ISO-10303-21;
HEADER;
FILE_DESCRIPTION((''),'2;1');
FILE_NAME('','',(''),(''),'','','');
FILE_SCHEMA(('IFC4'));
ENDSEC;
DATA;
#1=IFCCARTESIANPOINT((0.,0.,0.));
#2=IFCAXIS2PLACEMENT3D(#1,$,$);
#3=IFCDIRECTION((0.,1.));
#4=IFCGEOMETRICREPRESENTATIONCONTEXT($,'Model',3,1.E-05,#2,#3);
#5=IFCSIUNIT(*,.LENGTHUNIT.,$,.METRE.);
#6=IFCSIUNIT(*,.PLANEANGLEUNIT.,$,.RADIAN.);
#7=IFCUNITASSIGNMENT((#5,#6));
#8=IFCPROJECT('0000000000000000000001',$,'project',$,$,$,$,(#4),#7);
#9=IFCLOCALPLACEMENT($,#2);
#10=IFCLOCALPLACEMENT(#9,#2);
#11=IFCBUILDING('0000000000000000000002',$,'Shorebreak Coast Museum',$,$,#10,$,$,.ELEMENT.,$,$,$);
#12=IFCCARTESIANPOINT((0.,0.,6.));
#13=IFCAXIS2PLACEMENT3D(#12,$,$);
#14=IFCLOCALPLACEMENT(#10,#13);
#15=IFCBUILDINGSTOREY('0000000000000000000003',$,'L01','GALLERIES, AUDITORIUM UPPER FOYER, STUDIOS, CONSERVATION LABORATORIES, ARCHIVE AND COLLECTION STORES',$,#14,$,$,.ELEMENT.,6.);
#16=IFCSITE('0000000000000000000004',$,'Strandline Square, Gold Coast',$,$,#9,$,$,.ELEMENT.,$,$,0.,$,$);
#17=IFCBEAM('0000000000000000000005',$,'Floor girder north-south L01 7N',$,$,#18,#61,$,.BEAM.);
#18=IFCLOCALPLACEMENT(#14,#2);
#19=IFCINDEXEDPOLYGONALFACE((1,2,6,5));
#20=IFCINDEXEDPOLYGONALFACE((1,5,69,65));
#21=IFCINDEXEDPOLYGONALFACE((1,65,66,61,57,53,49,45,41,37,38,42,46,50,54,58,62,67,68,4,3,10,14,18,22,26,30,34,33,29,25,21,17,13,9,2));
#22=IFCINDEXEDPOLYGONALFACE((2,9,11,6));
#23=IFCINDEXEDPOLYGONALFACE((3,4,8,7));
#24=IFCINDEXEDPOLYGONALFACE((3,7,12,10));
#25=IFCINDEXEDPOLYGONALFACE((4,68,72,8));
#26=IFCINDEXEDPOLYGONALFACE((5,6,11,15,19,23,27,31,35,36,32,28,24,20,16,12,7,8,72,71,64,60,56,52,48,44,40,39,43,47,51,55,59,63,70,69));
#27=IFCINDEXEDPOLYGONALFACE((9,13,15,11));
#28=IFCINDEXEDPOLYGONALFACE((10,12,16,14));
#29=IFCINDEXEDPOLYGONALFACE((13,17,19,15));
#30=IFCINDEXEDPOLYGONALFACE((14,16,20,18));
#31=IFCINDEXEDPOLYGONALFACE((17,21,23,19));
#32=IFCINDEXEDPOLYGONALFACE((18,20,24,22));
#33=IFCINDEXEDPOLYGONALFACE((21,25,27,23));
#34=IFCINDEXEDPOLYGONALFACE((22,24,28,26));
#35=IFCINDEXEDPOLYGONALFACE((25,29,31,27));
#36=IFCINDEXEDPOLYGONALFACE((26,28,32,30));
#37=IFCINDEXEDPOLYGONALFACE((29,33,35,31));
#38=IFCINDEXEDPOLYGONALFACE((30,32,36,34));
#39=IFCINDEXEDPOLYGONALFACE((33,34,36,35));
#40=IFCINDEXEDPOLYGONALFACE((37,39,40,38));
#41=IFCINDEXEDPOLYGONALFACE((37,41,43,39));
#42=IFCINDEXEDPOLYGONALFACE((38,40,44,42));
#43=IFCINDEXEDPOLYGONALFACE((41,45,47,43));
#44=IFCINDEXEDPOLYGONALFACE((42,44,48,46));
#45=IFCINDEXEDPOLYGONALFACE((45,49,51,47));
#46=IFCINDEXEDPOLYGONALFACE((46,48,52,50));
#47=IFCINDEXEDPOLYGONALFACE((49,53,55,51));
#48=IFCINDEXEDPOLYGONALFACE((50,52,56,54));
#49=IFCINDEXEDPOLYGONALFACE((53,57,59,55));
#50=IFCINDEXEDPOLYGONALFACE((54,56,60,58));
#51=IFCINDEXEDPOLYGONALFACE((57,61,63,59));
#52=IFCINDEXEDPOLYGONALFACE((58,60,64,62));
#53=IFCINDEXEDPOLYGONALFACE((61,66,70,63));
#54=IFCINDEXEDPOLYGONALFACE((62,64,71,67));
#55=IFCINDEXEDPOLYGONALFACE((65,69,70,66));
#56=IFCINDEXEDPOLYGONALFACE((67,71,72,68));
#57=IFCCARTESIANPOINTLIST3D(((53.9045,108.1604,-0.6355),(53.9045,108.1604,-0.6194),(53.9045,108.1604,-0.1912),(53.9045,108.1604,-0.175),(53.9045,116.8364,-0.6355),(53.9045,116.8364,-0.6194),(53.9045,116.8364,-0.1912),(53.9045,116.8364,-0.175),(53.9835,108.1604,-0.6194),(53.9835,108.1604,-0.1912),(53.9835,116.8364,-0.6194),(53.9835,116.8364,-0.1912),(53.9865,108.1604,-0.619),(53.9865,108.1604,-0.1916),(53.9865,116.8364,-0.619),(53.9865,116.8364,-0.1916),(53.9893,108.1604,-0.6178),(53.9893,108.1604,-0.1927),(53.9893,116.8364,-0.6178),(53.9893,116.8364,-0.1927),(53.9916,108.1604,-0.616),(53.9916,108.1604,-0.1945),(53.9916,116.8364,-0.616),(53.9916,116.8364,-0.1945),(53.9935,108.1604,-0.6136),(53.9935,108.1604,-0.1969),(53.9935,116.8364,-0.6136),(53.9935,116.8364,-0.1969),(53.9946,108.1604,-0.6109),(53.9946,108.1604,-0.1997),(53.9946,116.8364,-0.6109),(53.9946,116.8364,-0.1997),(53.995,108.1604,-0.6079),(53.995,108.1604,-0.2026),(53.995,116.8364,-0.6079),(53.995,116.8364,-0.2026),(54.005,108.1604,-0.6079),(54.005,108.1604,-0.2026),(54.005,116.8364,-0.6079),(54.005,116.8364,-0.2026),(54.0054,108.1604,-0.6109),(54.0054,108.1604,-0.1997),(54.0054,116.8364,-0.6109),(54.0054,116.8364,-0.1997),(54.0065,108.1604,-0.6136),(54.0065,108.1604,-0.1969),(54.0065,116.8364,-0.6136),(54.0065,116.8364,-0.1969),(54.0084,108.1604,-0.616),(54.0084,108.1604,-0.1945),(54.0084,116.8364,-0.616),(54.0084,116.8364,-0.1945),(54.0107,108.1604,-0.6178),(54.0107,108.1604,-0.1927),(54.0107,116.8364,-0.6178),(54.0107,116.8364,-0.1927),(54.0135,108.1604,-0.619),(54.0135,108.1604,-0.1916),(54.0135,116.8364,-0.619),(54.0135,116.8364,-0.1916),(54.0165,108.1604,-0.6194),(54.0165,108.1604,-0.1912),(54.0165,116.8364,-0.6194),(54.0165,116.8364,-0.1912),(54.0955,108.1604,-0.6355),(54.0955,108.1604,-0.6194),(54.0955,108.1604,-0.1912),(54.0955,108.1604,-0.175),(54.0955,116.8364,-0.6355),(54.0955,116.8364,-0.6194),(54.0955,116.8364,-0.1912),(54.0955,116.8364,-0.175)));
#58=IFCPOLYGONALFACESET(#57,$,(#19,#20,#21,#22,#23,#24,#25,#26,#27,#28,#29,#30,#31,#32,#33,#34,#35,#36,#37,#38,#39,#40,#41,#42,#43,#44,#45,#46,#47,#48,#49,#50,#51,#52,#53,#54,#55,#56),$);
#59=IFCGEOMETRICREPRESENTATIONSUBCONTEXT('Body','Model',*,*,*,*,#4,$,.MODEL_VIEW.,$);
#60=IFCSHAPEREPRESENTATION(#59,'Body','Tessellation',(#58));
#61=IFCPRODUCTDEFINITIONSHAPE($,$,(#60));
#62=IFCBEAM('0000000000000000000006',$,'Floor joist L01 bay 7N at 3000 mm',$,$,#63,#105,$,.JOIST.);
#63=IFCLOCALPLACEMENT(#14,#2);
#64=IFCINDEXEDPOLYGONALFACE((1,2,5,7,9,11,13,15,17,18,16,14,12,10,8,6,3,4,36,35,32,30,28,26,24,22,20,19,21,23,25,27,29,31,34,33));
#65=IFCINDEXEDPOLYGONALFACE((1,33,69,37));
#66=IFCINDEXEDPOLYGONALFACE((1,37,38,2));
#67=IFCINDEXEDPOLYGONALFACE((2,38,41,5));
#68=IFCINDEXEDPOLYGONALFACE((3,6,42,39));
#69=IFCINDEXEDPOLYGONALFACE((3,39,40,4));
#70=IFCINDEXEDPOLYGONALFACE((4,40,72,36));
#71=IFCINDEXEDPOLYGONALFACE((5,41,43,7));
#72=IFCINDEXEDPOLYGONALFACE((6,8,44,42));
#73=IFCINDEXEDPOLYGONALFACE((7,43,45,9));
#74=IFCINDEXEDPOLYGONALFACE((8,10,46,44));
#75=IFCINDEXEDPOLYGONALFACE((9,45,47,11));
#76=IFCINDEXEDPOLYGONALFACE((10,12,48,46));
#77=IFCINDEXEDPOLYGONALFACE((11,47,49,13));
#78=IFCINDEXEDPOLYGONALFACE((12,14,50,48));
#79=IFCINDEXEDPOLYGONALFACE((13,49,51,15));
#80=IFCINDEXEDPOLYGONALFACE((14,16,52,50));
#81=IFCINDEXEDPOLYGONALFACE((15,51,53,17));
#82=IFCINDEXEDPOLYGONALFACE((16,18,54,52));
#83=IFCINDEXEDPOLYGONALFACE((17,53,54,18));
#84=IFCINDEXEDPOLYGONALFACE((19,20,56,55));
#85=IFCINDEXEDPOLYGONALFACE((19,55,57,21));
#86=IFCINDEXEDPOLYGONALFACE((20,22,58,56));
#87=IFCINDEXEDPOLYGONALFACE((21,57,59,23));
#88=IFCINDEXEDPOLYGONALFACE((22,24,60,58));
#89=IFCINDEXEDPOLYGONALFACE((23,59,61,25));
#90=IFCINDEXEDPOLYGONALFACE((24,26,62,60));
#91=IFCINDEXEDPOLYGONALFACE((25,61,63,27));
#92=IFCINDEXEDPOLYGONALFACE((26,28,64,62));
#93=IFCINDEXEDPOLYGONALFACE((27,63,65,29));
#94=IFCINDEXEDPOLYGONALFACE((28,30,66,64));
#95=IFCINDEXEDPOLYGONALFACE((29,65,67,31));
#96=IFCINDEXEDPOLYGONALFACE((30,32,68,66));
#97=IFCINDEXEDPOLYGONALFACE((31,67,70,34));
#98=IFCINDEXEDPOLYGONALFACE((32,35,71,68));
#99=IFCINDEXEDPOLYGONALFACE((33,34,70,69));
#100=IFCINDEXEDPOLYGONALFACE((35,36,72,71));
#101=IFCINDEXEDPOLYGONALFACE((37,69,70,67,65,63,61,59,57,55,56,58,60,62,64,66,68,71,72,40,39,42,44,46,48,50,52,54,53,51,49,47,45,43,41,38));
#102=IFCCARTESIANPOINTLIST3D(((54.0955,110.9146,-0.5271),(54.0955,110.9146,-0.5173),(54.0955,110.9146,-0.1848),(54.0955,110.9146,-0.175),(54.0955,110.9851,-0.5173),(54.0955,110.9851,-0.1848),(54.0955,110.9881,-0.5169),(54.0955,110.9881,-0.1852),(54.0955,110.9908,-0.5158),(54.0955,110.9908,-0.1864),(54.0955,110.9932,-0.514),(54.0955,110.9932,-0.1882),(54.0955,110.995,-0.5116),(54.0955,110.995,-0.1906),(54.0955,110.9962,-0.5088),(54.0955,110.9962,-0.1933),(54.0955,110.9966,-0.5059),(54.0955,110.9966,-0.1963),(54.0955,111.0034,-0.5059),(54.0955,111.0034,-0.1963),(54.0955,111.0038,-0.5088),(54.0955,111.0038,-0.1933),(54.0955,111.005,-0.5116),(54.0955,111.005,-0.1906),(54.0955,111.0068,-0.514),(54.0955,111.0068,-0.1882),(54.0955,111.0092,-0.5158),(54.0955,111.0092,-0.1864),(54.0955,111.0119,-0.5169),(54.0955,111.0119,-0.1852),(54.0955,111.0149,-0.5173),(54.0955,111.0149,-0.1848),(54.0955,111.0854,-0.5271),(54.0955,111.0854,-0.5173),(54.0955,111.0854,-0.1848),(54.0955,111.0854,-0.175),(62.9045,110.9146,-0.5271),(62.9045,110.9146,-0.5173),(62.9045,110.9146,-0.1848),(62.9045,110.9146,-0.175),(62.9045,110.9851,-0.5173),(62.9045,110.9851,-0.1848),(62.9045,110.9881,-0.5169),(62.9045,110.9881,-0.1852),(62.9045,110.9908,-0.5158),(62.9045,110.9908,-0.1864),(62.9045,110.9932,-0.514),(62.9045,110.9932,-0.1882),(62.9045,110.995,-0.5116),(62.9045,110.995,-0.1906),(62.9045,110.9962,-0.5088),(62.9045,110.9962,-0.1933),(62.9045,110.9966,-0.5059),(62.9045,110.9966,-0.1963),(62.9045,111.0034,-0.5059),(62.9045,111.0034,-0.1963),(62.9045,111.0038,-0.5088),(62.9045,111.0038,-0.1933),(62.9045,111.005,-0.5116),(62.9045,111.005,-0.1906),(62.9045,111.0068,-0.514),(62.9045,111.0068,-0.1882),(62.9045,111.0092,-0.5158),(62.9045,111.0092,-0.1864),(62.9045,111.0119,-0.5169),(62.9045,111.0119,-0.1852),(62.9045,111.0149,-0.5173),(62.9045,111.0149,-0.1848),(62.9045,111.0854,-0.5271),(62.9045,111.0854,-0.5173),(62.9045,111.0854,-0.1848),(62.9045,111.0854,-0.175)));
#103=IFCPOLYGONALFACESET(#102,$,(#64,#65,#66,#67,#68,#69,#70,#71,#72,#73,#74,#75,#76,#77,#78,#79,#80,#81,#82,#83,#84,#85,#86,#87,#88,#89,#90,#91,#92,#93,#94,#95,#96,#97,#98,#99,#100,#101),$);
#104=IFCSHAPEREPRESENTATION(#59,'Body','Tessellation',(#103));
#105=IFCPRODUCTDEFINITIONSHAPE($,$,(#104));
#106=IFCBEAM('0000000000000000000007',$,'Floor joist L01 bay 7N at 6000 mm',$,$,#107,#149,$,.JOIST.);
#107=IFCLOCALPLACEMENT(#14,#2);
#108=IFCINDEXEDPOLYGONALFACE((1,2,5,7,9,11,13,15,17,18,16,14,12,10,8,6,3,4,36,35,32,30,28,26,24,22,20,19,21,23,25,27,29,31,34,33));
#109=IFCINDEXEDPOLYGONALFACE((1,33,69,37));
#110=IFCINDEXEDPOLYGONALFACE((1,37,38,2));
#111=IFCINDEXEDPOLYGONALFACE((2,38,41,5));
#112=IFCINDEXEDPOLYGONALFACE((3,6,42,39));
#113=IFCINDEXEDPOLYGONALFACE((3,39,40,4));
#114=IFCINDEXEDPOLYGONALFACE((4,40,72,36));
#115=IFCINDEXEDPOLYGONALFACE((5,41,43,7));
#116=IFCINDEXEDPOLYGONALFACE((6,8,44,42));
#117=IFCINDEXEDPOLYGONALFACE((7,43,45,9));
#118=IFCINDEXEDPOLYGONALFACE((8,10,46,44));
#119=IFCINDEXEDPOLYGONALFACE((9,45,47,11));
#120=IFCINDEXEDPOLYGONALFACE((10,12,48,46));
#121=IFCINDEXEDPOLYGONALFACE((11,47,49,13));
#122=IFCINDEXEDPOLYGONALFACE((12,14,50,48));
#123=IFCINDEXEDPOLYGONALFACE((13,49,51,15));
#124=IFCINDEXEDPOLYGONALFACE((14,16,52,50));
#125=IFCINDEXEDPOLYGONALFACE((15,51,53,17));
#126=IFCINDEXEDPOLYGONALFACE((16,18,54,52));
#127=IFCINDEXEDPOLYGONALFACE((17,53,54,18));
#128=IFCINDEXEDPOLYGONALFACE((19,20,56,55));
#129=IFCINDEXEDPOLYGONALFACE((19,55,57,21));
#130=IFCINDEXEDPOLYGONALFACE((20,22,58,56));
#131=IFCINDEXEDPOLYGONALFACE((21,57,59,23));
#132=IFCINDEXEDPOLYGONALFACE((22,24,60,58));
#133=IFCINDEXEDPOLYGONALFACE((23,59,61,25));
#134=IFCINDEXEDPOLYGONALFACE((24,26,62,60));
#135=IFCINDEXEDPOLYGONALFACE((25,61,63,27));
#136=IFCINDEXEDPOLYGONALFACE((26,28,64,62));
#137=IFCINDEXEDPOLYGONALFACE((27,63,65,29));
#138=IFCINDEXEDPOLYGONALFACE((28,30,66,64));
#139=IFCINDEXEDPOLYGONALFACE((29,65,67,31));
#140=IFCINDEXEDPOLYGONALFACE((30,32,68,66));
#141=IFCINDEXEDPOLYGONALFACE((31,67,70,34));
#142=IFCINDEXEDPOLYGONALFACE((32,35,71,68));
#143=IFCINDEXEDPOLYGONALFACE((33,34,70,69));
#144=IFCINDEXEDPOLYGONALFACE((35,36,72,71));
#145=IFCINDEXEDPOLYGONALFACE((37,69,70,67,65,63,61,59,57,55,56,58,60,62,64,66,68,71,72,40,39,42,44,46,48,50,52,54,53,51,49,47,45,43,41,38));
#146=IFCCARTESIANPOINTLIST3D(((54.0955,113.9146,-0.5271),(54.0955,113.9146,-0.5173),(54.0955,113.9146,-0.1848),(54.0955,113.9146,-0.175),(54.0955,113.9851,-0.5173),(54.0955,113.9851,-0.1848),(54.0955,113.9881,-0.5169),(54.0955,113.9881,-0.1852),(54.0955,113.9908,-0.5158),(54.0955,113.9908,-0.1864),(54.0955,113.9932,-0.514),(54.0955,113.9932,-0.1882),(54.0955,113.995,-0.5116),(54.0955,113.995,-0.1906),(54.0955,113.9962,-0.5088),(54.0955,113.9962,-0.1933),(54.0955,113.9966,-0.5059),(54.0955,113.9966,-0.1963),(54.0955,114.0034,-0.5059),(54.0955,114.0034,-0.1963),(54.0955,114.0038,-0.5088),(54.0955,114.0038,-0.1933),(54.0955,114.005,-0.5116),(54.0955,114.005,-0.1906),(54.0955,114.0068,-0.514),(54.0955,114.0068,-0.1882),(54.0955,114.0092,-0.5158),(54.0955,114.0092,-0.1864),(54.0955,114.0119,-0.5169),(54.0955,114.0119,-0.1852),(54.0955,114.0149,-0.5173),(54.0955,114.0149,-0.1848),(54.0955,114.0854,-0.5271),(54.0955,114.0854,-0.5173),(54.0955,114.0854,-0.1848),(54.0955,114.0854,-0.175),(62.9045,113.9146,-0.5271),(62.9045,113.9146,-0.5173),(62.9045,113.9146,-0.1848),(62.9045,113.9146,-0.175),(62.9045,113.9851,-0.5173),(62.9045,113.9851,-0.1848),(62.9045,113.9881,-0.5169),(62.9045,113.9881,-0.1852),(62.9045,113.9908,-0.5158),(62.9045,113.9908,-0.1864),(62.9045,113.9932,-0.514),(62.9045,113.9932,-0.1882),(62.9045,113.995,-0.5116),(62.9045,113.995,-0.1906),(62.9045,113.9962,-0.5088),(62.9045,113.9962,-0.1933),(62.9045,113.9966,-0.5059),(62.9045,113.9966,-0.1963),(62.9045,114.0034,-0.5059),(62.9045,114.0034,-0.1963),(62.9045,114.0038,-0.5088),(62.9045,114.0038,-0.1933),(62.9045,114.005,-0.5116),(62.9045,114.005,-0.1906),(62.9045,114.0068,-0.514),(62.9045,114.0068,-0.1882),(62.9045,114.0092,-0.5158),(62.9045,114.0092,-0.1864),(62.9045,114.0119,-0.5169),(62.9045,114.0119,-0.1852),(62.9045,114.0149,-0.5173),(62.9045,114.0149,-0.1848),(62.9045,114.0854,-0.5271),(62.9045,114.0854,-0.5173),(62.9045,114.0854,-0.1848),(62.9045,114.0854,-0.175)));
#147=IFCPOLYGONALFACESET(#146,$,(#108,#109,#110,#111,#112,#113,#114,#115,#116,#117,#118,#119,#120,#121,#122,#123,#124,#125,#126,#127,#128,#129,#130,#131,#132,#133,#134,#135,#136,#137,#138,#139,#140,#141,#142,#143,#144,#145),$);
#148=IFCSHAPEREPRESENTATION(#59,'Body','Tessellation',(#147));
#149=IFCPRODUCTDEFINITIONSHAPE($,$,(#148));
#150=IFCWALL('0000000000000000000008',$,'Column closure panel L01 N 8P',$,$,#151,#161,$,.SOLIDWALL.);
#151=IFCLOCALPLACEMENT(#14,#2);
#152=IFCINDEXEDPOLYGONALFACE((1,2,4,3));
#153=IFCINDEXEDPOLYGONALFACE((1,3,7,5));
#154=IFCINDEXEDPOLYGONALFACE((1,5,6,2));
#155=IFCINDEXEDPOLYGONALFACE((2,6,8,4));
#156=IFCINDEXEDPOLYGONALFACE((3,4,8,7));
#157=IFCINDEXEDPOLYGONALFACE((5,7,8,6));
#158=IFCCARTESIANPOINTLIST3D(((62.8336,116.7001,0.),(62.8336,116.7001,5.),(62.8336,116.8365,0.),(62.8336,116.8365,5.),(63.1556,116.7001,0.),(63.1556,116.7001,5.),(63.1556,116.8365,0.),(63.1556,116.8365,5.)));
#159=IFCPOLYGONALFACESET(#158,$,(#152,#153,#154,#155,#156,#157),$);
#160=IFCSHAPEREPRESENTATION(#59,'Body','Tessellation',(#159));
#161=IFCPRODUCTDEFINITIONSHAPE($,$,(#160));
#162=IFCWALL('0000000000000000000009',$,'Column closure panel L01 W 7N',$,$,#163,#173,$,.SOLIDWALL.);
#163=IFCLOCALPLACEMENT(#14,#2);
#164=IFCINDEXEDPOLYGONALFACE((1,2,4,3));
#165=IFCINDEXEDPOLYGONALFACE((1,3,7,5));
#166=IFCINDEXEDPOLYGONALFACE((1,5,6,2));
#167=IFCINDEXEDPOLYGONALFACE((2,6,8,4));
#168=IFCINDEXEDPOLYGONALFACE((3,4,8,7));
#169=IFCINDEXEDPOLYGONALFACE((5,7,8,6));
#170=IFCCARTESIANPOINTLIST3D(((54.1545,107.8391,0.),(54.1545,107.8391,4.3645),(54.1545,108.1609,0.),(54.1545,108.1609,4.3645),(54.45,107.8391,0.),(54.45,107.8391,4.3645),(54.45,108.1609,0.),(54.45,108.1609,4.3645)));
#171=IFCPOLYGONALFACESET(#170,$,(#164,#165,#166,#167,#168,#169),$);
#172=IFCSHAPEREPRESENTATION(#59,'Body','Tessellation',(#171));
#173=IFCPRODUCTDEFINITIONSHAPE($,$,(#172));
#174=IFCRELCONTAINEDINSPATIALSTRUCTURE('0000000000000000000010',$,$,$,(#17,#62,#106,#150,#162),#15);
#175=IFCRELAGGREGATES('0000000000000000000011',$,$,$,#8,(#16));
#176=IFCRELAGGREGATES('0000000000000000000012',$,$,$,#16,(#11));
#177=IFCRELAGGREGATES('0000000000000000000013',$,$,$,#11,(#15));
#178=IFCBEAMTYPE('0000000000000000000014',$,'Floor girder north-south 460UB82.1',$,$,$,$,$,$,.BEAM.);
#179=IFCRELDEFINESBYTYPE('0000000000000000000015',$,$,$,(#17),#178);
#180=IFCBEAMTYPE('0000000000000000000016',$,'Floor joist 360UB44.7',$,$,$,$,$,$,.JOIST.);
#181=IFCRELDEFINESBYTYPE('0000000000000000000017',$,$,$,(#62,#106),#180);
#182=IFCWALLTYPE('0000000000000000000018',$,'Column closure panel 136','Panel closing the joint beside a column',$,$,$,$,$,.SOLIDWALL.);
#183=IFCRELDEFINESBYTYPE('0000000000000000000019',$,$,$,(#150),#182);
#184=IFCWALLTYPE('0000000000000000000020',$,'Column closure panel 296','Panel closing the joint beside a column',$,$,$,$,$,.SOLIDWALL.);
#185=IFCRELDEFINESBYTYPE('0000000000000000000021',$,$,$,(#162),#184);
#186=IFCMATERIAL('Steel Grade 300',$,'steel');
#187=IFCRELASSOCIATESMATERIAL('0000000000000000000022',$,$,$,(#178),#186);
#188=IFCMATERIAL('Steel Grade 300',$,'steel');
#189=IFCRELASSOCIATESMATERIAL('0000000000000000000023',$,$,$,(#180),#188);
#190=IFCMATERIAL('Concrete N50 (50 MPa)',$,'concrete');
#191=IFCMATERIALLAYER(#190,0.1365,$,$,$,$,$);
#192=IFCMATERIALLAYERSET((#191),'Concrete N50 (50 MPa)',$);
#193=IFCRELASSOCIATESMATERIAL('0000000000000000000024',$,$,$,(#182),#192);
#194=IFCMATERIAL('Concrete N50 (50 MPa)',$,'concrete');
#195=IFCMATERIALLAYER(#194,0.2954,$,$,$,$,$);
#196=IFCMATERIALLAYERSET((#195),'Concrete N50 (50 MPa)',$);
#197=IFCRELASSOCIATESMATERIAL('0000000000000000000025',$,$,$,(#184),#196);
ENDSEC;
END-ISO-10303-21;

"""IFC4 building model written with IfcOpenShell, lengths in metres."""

from ifc_helpers import new_model, si_unit, direction, frame, frame_2d, origin, origin_2d, place, context, subcontext, project, spatial, rectangle, i_section, extrude, material, layer, layer_set, material_profile, profile_set, type_object, element, save


model = new_model("IFC4")

# Units and contexts
model_context = context("Model", 3, precision=1e-05, world=origin(), true_north=direction((0.0, 1.0)))
body_context = subcontext(model_context, "Body", "Model", "MODEL_VIEW")
ifc_project = project(units=[si_unit("LENGTHUNIT", "METRE"), si_unit("PLANEANGLEUNIT", "RADIAN")], contexts=[model_context])

# Site, building, storey
site_placement = place(None, origin())
site = spatial("IfcSite", under=ifc_project, at=site_placement, Name="Strandline Square, Gold Coast", CompositionType="ELEMENT", RefElevation=0.0)
building_placement = place(site_placement, origin())
building = spatial("IfcBuilding", under=site, at=building_placement, Name="Shorebreak Coast Museum", CompositionType="ELEMENT")
storey_placement = place(building_placement, frame((0.0, 0.0, 6.0)))
storey = spatial("IfcBuildingStorey", under=building, at=storey_placement, Name="L01", Description="GALLERIES, AUDITORIUM UPPER FOYER, STUDIOS, CONSERVATION LABORATORIES, ARCHIVE AND COLLECTION STORES", CompositionType="ELEMENT", Elevation=6.0)

# Beams
ifc_material_1 = material(Name="Steel Grade 300", Category="steel")
ifc_material_profile_1 = material_profile(ifc_material_1, i_section(OverallWidth=0.1909, OverallDepth=0.4604, WebThickness=0.01, FlangeThickness=0.0161, FilletRadius=0.0115, at=origin_2d()), Name="460UB82.1")
ifc_profile_set_1 = profile_set([ifc_material_profile_1], Name="Steel Grade 300")
beam_type_1 = type_object("IfcBeamType", Name="Floor girder north-south 460UB82.1", PredefinedType="BEAM", material=ifc_profile_set_1)
beam_1_placement = place(storey_placement, frame((54.0, 108.1604, -0.4053), z_axis=(0.0, 1.0, 0.0), x_axis=(-1.0, 0.0, 0.0)))
element("IfcBeam", 1, at=beam_1_placement, inside=storey, type_object=beam_type_1, Name="Floor girder north-south L01 7N", PredefinedType="BEAM", context=body_context, shape_type="SweptSolid", body=[
    extrude(i_section(OverallWidth=0.1909, OverallDepth=0.4604, WebThickness=0.01, FlangeThickness=0.0161, FilletRadius=0.0115, at=origin_2d()), origin(), (0.0, 0.0, 1.0), 8.676),
])
ifc_material_2 = material(Name="Steel Grade 300", Category="steel")
ifc_material_profile_2 = material_profile(ifc_material_2, i_section(OverallWidth=0.1709, OverallDepth=0.3521, WebThickness=0.0068, FlangeThickness=0.0098, FilletRadius=0.0115, at=origin_2d()), Name="360UB44.7")
ifc_profile_set_2 = profile_set([ifc_material_profile_2], Name="Steel Grade 300")
beam_type_2 = type_object("IfcBeamType", Name="Floor joist 360UB44.7", PredefinedType="JOIST", material=ifc_profile_set_2)
for number, where, z_axis, x_axis, name in (
    (2, (54.0955, 111.0, -0.3511), (1.0, 0.0, 0.0), (0.0, 1.0, 0.0), "Floor joist L01 bay 7N at 3000 mm"),
    (3, (54.0955, 114.0, -0.3511), (1.0, 0.0, 0.0), (0.0, 1.0, 0.0), "Floor joist L01 bay 7N at 6000 mm"),
):
    element("IfcBeam", number, at=place(storey_placement, frame(where, z_axis=z_axis, x_axis=x_axis)), inside=storey, type_object=beam_type_2, Name=name, PredefinedType="JOIST", context=body_context, shape_type="SweptSolid", body=[
        extrude(i_section(OverallWidth=0.1709, OverallDepth=0.3521, WebThickness=0.0068, FlangeThickness=0.0098, FilletRadius=0.0115, at=origin_2d()), origin(), (0.0, 0.0, 1.0), 8.8091),
    ])

# Walls
ifc_material_3 = material(Name="Concrete N50 (50 MPa)", Category="concrete")
ifc_layer_1 = layer(ifc_material_3, 0.1365)
ifc_layer_set_1 = layer_set([ifc_layer_1], Name="Concrete N50 (50 MPa)")
wall_type_1 = type_object("IfcWallType", Name="Column closure panel 136", Description="Panel closing the joint beside a column", PredefinedType="SOLIDWALL", material=ifc_layer_set_1)
wall_1_placement = place(storey_placement, frame((62.8335, 116.7683, 0.0), z_axis=(0.0, 0.0, 1.0), x_axis=(1.0, 0.0, 0.0)))
element("IfcWall", 4, at=wall_1_placement, inside=storey, type_object=wall_type_1, Name="Column closure panel L01 N 8P", PredefinedType="SOLIDWALL", context=body_context, shape_type="SweptSolid", body=[
    extrude(rectangle(XDim=0.322, YDim=0.1365, at=frame_2d((0.1611, 0.0))), origin(), (0.0, 0.0, 1.0), 5.0),
])
ifc_material_4 = material(Name="Concrete N50 (50 MPa)", Category="concrete")
ifc_layer_2 = layer(ifc_material_4, 0.2954)
ifc_layer_set_2 = layer_set([ifc_layer_2], Name="Concrete N50 (50 MPa)")
wall_type_2 = type_object("IfcWallType", Name="Column closure panel 296", Description="Panel closing the joint beside a column", PredefinedType="SOLIDWALL", material=ifc_layer_set_2)
wall_2_placement = place(storey_placement, frame((54.3022, 107.8391, 0.0), z_axis=(0.0, 0.0, 1.0), x_axis=(0.0, 1.0, 0.0)))
element("IfcWall", 5, at=wall_2_placement, inside=storey, type_object=wall_type_2, Name="Column closure panel L01 W 7N", PredefinedType="SOLIDWALL", context=body_context, shape_type="SweptSolid", body=[
    extrude(rectangle(XDim=0.3218, YDim=0.2954, at=frame_2d((0.1609, 0.0))), origin(), (0.0, 0.0, 1.0), 4.3645),
])

save(model, "model.ifc")
